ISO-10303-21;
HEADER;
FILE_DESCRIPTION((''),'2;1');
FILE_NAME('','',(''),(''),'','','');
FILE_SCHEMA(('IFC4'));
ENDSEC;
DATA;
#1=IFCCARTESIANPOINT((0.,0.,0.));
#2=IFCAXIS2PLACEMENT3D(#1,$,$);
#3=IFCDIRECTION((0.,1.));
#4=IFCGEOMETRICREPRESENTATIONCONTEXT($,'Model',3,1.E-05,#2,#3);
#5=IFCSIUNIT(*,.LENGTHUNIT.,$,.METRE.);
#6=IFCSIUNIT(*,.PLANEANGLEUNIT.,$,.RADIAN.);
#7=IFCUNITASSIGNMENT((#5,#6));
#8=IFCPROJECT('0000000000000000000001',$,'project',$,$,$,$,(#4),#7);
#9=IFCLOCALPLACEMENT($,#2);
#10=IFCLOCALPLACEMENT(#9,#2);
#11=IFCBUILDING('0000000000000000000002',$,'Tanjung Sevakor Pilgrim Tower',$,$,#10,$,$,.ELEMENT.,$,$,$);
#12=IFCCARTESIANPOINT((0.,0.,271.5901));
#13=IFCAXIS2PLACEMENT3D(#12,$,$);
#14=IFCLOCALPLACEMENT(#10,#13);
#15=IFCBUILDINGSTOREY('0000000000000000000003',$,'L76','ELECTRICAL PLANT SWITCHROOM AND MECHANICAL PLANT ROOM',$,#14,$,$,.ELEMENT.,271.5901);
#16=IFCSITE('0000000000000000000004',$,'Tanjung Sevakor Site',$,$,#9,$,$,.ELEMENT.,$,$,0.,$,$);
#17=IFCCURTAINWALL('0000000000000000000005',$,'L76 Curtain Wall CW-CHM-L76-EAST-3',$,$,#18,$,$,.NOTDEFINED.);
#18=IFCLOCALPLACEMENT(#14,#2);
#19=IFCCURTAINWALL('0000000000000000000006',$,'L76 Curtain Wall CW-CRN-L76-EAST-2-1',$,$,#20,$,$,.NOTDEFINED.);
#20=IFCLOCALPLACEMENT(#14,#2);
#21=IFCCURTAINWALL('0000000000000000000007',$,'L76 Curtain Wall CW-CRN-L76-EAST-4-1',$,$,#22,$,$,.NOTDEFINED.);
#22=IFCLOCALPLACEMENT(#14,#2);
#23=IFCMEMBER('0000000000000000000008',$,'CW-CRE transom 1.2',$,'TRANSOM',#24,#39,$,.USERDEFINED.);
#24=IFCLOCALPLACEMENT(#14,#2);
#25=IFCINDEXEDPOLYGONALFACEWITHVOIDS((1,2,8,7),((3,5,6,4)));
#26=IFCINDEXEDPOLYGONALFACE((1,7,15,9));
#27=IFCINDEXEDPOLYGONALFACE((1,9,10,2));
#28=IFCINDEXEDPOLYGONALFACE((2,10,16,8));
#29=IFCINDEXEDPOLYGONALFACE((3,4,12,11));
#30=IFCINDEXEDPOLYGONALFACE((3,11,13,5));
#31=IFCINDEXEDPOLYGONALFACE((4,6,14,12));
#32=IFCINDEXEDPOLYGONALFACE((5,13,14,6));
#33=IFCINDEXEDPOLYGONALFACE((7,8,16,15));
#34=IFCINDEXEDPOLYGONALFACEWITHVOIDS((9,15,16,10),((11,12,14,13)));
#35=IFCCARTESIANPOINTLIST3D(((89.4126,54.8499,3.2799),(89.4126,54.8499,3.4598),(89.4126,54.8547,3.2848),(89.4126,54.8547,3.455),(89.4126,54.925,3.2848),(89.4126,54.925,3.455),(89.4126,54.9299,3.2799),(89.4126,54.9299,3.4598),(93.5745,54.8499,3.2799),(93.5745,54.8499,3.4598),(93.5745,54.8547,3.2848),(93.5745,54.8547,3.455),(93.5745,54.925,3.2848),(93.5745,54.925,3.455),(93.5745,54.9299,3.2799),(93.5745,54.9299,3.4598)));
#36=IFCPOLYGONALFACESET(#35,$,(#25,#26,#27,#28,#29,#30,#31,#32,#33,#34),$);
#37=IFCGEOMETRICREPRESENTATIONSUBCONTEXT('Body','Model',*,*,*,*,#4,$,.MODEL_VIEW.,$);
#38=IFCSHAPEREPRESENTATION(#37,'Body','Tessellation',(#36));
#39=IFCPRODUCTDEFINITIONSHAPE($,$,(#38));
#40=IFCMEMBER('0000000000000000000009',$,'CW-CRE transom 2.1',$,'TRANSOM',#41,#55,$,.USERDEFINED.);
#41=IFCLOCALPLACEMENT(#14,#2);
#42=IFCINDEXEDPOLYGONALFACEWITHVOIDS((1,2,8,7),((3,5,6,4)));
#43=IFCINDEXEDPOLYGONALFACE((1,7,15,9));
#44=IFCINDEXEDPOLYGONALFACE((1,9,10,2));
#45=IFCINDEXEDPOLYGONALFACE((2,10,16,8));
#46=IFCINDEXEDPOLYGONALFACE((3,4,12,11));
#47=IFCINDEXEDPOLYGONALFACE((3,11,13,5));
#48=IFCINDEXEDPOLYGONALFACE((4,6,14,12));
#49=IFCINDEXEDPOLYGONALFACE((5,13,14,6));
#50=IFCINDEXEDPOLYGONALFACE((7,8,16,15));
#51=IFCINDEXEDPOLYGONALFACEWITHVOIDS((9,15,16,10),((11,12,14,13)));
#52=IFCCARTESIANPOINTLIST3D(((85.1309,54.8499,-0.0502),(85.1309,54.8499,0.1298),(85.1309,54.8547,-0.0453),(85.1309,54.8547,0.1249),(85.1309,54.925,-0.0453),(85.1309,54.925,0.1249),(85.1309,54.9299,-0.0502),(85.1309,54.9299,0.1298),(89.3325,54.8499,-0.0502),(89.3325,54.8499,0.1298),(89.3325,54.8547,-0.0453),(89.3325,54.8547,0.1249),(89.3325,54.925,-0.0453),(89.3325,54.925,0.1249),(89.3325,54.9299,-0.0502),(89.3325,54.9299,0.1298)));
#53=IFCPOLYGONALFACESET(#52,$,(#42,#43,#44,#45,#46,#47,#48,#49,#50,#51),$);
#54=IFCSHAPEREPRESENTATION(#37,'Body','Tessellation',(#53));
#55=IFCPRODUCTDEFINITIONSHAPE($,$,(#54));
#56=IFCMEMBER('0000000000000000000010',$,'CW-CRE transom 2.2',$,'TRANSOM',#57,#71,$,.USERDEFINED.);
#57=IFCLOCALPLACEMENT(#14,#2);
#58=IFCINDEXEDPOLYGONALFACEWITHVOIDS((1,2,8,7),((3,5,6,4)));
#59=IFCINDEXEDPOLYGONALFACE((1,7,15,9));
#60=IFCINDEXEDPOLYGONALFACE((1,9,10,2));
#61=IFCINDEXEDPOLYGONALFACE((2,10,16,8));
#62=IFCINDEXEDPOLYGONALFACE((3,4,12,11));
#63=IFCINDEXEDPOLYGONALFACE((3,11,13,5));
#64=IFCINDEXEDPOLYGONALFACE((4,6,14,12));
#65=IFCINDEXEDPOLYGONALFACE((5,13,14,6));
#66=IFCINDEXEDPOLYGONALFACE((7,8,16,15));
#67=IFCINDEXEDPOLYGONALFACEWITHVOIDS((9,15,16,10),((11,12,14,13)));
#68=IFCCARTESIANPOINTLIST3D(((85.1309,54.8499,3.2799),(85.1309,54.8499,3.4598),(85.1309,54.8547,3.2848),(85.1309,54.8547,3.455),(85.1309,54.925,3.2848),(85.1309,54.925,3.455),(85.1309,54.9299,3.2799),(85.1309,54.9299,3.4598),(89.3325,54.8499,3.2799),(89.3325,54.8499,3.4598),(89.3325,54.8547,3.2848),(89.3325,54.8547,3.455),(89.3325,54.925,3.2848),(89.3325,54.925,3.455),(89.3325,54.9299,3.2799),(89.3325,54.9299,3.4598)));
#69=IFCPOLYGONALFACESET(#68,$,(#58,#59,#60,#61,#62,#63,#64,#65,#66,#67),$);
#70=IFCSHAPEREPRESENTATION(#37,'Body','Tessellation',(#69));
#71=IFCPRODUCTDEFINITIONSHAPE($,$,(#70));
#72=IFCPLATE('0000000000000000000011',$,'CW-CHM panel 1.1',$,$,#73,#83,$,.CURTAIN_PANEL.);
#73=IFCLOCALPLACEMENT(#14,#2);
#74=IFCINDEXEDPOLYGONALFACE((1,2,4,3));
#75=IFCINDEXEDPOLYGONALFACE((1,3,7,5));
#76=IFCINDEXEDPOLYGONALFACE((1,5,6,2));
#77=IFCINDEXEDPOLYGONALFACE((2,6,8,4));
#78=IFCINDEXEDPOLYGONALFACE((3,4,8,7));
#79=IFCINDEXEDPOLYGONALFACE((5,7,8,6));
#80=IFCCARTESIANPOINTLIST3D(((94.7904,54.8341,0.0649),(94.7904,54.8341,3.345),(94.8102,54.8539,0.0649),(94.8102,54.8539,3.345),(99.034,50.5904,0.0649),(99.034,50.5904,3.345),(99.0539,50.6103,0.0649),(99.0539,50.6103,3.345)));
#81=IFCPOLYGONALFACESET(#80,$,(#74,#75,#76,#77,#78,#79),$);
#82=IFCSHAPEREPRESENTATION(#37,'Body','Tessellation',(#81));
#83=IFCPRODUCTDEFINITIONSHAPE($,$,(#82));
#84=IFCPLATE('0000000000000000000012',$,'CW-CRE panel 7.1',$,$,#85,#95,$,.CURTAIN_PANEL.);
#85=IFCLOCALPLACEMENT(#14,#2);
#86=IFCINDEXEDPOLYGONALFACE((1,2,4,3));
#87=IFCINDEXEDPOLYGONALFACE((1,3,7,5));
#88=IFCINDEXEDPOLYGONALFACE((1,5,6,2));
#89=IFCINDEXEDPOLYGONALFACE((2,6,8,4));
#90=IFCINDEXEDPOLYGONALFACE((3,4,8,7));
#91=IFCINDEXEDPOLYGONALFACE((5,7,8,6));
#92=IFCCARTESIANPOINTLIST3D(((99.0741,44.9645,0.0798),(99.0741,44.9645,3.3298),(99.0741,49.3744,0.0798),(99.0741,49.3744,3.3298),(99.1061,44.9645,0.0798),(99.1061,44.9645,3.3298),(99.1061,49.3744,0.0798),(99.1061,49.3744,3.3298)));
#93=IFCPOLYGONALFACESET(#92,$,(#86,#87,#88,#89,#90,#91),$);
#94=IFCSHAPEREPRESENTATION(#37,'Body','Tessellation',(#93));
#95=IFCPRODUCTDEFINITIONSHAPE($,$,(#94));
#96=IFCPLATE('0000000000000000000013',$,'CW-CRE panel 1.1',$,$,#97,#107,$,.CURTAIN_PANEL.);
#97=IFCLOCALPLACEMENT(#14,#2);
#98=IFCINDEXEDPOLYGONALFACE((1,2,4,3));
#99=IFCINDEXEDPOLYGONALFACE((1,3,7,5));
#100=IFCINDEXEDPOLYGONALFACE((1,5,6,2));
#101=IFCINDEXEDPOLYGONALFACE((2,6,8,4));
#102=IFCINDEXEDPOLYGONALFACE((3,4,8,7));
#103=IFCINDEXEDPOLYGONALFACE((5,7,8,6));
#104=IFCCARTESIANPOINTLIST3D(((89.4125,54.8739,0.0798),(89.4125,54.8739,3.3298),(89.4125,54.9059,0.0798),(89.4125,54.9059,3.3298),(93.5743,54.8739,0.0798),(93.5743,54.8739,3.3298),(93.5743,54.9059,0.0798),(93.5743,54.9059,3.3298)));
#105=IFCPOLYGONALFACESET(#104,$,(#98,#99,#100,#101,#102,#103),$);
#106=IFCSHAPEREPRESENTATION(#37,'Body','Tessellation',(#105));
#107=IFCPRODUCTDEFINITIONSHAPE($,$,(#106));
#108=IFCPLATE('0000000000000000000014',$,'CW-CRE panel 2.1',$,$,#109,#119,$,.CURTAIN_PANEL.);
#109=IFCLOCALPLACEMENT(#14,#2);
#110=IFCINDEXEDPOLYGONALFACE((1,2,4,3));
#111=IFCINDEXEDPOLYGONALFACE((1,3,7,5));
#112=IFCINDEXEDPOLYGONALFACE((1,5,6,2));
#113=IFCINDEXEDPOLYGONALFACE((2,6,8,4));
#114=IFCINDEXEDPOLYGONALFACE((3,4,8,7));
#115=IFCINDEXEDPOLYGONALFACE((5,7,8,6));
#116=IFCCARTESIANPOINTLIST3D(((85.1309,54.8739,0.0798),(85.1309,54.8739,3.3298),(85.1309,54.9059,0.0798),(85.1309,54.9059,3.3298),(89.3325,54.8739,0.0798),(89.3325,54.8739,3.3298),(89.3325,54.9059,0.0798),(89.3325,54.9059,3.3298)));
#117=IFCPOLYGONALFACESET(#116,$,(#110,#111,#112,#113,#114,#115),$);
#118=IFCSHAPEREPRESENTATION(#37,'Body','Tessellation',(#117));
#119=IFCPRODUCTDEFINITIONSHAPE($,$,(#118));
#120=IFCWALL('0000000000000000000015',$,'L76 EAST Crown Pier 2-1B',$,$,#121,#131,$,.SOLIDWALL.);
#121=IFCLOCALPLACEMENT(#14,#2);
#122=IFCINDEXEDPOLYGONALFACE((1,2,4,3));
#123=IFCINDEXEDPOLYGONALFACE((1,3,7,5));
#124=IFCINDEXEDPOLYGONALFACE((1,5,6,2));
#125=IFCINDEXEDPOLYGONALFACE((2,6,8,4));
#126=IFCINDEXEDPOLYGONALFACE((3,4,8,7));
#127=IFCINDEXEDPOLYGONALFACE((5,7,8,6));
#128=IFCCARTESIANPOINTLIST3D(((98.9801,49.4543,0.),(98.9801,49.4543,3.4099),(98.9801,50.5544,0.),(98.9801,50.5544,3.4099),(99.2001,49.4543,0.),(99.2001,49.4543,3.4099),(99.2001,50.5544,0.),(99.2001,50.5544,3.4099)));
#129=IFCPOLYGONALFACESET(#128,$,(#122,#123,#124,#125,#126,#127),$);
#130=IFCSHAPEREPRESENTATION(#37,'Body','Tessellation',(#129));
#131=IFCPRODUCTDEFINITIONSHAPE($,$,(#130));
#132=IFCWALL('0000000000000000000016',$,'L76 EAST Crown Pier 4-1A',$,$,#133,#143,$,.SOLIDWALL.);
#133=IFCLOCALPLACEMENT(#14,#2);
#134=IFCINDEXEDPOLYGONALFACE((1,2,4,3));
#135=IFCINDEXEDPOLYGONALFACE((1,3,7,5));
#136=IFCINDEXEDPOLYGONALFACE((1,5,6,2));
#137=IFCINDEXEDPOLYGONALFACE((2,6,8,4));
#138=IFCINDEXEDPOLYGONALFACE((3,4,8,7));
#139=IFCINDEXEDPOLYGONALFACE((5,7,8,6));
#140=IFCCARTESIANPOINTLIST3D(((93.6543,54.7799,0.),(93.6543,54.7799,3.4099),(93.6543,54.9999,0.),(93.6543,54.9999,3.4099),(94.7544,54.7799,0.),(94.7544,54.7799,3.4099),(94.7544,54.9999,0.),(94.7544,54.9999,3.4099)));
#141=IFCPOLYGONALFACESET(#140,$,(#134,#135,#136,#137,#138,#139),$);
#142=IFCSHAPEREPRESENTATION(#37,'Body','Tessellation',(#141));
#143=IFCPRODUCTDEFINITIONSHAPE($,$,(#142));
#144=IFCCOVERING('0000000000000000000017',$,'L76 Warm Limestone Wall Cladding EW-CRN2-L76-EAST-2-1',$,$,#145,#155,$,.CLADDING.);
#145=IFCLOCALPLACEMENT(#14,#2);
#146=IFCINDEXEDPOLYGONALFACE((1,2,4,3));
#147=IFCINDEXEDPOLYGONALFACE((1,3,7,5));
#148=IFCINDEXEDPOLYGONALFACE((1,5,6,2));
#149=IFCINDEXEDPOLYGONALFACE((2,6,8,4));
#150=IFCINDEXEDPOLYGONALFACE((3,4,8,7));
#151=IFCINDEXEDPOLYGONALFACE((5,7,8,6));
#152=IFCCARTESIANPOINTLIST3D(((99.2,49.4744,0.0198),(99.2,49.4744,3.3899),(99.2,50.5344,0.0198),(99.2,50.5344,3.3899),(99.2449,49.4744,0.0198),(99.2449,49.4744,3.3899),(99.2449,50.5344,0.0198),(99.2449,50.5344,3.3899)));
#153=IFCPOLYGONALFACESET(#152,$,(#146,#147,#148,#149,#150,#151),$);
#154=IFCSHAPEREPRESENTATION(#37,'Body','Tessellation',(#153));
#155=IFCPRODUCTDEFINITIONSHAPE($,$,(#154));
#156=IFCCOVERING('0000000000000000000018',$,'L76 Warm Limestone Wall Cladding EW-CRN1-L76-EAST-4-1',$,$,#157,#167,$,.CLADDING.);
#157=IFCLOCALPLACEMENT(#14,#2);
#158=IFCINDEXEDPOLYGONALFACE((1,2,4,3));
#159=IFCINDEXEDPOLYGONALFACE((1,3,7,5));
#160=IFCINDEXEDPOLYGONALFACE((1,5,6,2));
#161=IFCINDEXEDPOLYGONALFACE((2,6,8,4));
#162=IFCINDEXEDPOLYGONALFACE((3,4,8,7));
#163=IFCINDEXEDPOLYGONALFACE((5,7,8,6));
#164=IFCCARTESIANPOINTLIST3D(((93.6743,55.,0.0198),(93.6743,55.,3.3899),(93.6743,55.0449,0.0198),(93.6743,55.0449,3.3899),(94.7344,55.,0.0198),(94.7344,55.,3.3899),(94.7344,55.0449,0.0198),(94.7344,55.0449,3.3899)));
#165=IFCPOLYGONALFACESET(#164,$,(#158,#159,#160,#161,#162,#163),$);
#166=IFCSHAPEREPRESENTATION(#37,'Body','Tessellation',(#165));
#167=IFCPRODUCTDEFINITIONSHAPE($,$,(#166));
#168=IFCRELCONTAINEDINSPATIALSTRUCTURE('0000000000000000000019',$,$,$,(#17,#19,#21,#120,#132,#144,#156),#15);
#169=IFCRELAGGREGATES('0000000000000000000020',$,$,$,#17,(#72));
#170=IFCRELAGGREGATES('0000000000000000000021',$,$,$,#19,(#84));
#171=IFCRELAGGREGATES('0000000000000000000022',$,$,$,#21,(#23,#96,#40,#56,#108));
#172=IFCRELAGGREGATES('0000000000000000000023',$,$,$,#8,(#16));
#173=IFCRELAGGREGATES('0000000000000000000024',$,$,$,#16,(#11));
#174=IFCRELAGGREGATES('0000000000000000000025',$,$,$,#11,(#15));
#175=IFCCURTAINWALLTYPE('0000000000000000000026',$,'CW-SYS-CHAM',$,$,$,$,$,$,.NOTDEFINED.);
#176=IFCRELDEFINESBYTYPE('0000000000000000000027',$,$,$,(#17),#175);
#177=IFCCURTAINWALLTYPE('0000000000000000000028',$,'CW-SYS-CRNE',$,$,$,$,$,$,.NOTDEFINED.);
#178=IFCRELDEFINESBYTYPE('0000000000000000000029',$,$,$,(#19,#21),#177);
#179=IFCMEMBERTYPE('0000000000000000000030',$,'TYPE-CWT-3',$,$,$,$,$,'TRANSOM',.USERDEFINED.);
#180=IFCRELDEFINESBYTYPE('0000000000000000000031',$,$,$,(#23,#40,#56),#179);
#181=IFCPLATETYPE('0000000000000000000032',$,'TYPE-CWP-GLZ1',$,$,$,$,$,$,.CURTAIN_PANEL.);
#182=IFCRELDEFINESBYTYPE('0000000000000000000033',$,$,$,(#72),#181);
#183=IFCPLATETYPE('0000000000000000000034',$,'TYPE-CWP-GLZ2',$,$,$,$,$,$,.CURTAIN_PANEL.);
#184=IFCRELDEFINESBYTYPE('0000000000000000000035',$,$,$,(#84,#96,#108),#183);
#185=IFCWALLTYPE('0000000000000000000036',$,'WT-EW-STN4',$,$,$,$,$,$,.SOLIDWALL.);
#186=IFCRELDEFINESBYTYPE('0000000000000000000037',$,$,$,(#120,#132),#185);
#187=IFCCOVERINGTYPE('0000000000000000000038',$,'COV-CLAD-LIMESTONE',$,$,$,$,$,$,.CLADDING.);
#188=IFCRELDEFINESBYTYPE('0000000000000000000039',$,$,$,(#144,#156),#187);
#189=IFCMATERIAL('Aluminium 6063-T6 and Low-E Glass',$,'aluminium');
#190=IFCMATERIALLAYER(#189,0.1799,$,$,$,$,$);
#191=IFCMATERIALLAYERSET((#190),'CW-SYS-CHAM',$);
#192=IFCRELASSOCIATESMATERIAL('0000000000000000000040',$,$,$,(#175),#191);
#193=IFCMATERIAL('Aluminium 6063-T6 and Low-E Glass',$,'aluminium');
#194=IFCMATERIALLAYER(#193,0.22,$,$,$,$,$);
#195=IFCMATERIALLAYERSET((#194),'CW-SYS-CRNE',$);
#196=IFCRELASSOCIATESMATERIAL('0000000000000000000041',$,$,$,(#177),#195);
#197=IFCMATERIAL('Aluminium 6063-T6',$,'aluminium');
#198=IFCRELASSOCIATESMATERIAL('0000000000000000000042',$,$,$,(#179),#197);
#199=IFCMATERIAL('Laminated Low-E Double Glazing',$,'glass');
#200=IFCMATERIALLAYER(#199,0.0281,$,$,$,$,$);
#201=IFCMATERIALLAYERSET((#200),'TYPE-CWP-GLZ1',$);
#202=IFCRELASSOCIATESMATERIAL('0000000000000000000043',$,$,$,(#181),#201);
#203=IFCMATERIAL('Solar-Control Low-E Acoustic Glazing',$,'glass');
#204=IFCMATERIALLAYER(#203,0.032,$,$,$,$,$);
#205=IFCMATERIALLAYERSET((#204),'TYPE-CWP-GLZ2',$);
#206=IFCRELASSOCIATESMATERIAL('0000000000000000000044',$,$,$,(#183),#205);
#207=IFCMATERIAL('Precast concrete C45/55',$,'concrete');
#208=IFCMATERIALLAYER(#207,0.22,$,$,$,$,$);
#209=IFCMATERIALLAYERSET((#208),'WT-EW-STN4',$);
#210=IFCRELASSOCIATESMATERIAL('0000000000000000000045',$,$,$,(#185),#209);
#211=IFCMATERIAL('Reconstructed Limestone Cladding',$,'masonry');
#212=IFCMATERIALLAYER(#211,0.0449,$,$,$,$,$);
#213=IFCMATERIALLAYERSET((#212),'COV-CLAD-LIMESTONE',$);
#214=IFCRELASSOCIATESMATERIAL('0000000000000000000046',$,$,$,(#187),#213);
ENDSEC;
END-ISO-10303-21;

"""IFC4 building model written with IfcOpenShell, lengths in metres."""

from ifc_helpers import new_model, si_unit, direction, frame, frame_2d, origin, origin_2d, place, context, subcontext, project, spatial, rectangle, hollow_rectangle, extrude, material, layer, layer_set, material_profile, profile_set, type_object, element, aggregate, save


model = new_model("IFC4")

# Units and contexts
model_context = context("Model", 3, precision=1e-05, world=origin(), true_north=direction((0.0, 1.0)))
body_context = subcontext(model_context, "Body", "Model", "MODEL_VIEW")
ifc_project = project(units=[si_unit("LENGTHUNIT", "METRE"), si_unit("PLANEANGLEUNIT", "RADIAN")], contexts=[model_context])

# Site, building, storey
site_placement = place(None, origin())
site = spatial("IfcSite", under=ifc_project, at=site_placement, Name="Tanjung Sevakor Site", CompositionType="ELEMENT", RefElevation=0.0)
building_placement = place(site_placement, origin())
building = spatial("IfcBuilding", under=site, at=building_placement, Name="Tanjung Sevakor Pilgrim Tower", CompositionType="ELEMENT")
storey_placement = place(building_placement, frame((0.0, 0.0, 271.5901)))
storey = spatial("IfcBuildingStorey", under=building, at=storey_placement, Name="L76", Description="ELECTRICAL PLANT SWITCHROOM AND MECHANICAL PLANT ROOM", CompositionType="ELEMENT", Elevation=271.5901)

# Curtain wall
ifc_material_1 = material(Name="Aluminium 6063-T6 and Low-E Glass", Category="aluminium")
ifc_layer_1 = layer(ifc_material_1, 0.1799)
ifc_layer_set_1 = layer_set([ifc_layer_1], Name="CW-SYS-CHAM")
curtain_wall_type_1 = type_object("IfcCurtainWallType", Name="CW-SYS-CHAM", PredefinedType="NOTDEFINED", material=ifc_layer_set_1)
curtain_wall_1_placement = place(storey_placement, origin())
curtain_wall_1 = element("IfcCurtainWall", 1, at=curtain_wall_1_placement, inside=storey, type_object=curtain_wall_type_1, Name="L76 Curtain Wall CW-CHM-L76-EAST-3", PredefinedType="NOTDEFINED")

# Curtain wall
ifc_material_2 = material(Name="Aluminium 6063-T6 and Low-E Glass", Category="aluminium")
ifc_layer_2 = layer(ifc_material_2, 0.22)
ifc_layer_set_2 = layer_set([ifc_layer_2], Name="CW-SYS-CRNE")
curtain_wall_type_2 = type_object("IfcCurtainWallType", Name="CW-SYS-CRNE", PredefinedType="NOTDEFINED", material=ifc_layer_set_2)
curtain_wall_2_placement = place(storey_placement, origin())
curtain_wall_2 = element("IfcCurtainWall", 2, at=curtain_wall_2_placement, inside=storey, type_object=curtain_wall_type_2, Name="L76 Curtain Wall CW-CRN-L76-EAST-2-1", PredefinedType="NOTDEFINED")

# Curtain wall
curtain_wall_3_placement = place(storey_placement, origin())
curtain_wall_3 = element("IfcCurtainWall", 3, at=curtain_wall_3_placement, inside=storey, type_object=curtain_wall_type_2, Name="L76 Curtain Wall CW-CRN-L76-EAST-4-1", PredefinedType="NOTDEFINED")

# Members
ifc_material_3 = material(Name="Aluminium 6063-T6", Category="aluminium")
ifc_material_profile_1 = material_profile(ifc_material_3, hollow_rectangle(XDim=0.0801, YDim=0.1799, WallThickness=0.0049, at=origin_2d()))
ifc_profile_set_1 = profile_set([ifc_material_profile_1], Name="Aluminium 6063-T6")
member_type_1 = type_object("IfcMemberType", Name="TYPE-CWT-3", ElementType="TRANSOM", PredefinedType="USERDEFINED", material=ifc_profile_set_1)
member_1_placement = place(storey_placement, frame((93.5745, 54.8899, 3.3699), z_axis=(-1.0, 0.0, 0.0), x_axis=(0.0, -1.0, 0.0)))
member_1 = element("IfcMember", 4, at=member_1_placement, type_object=member_type_1, Name="CW-CRE transom 1.2", ObjectType="TRANSOM", PredefinedType="USERDEFINED", context=body_context, shape_type="SweptSolid", body=[
    extrude(hollow_rectangle(XDim=0.0801, YDim=0.1799, WallThickness=0.0049, at=origin_2d()), origin(), (0.0, 0.0, 1.0), 4.1619),
])
member_2_placement = place(storey_placement, frame((89.3325, 54.8899, 0.0398), z_axis=(-1.0, 0.0, 0.0), x_axis=(0.0, -1.0, 0.0)))
member_2 = element("IfcMember", 5, at=member_2_placement, type_object=member_type_1, Name="CW-CRE transom 2.1", ObjectType="TRANSOM", PredefinedType="USERDEFINED", context=body_context, shape_type="SweptSolid", body=[
    extrude(hollow_rectangle(XDim=0.0801, YDim=0.1799, WallThickness=0.0049, at=origin_2d()), origin(), (0.0, 0.0, 1.0), 4.2017),
])
member_3_placement = place(storey_placement, frame((89.3325, 54.8899, 3.3699), z_axis=(-1.0, 0.0, 0.0), x_axis=(0.0, -1.0, 0.0)))
member_3 = element("IfcMember", 6, at=member_3_placement, type_object=member_type_1, Name="CW-CRE transom 2.2", ObjectType="TRANSOM", PredefinedType="USERDEFINED", context=body_context, shape_type="SweptSolid", body=[
    extrude(hollow_rectangle(XDim=0.0801, YDim=0.1799, WallThickness=0.0049, at=origin_2d()), origin(), (0.0, 0.0, 1.0), 4.2017),
])

# Plates
ifc_material_4 = material(Name="Laminated Low-E Double Glazing", Category="glass")
ifc_layer_3 = layer(ifc_material_4, 0.0281)
ifc_layer_set_3 = layer_set([ifc_layer_3], Name="TYPE-CWP-GLZ1")
plate_type_1 = type_object("IfcPlateType", Name="TYPE-CWP-GLZ1", PredefinedType="CURTAIN_PANEL", material=ifc_layer_set_3)
plate_1_placement = place(storey_placement, frame((96.9221, 52.7222, 0.0649), z_axis=(0.0, 0.0, 1.0), x_axis=(-0.707107, 0.707107, 0.0)))
plate_1 = element("IfcPlate", 7, at=plate_1_placement, type_object=plate_type_1, Name="CW-CHM panel 1.1", PredefinedType="CURTAIN_PANEL", context=body_context, shape_type="SweptSolid", body=[
    extrude(rectangle(XDim=6.0015, YDim=0.0281, at=origin_2d()), origin(), (0.0, 0.0, 1.0), 3.28),
])
aggregate(curtain_wall_1, [plate_1])
ifc_material_5 = material(Name="Solar-Control Low-E Acoustic Glazing", Category="glass")
ifc_layer_4 = layer(ifc_material_5, 0.032)
ifc_layer_set_4 = layer_set([ifc_layer_4], Name="TYPE-CWP-GLZ2")
plate_type_2 = type_object("IfcPlateType", Name="TYPE-CWP-GLZ2", PredefinedType="CURTAIN_PANEL", material=ifc_layer_set_4)
plate_2_placement = place(storey_placement, frame((99.0901, 47.1694, 0.0798), z_axis=(0.0, 0.0, 1.0), x_axis=(0.0, 1.0, 0.0)))
plate_2 = element("IfcPlate", 8, at=plate_2_placement, type_object=plate_type_2, Name="CW-CRE panel 7.1", PredefinedType="CURTAIN_PANEL", context=body_context, shape_type="SweptSolid", body=[
    extrude(rectangle(XDim=4.4099, YDim=0.032, at=origin_2d()), origin(), (0.0, 0.0, 1.0), 3.25),
])
aggregate(curtain_wall_2, [plate_2])
plate_3_placement = place(storey_placement, frame((91.4934, 54.8899, 0.0798), z_axis=(0.0, 0.0, 1.0), x_axis=(-1.0, 0.0, 0.0)))
plate_3 = element("IfcPlate", 9, at=plate_3_placement, type_object=plate_type_2, Name="CW-CRE panel 1.1", PredefinedType="CURTAIN_PANEL", context=body_context, shape_type="SweptSolid", body=[
    extrude(rectangle(XDim=4.1619, YDim=0.032, at=origin_2d()), origin(), (0.0, 0.0, 1.0), 3.25),
])
plate_4_placement = place(storey_placement, frame((87.2317, 54.8899, 0.0798), z_axis=(0.0, 0.0, 1.0), x_axis=(-1.0, 0.0, 0.0)))
plate_4 = element("IfcPlate", 10, at=plate_4_placement, type_object=plate_type_2, Name="CW-CRE panel 2.1", PredefinedType="CURTAIN_PANEL", context=body_context, shape_type="SweptSolid", body=[
    extrude(rectangle(XDim=4.2017, YDim=0.032, at=origin_2d()), origin(), (0.0, 0.0, 1.0), 3.25),
])
aggregate(curtain_wall_3, [member_1, plate_3, member_2, member_3, plate_4])

# Walls
ifc_material_6 = material(Name="Precast concrete C45/55", Category="concrete")
ifc_layer_5 = layer(ifc_material_6, 0.22)
ifc_layer_set_5 = layer_set([ifc_layer_5], Name="WT-EW-STN4")
wall_type = type_object("IfcWallType", Name="WT-EW-STN4", PredefinedType="SOLIDWALL", material=ifc_layer_set_5)
for number, where, z_axis, x_axis, name in (
    (11, (99.0901, 49.4543, 0.0), (0.0, 0.0, 1.0), (0.0, 1.0, 0.0), "L76 EAST Crown Pier 2-1B"),
    (12, (94.7544, 54.8899, 0.0), (0.0, 0.0, 1.0), (-1.0, 0.0, 0.0), "L76 EAST Crown Pier 4-1A"),
):
    element("IfcWall", number, at=place(storey_placement, frame(where, z_axis=z_axis, x_axis=x_axis)), inside=storey, type_object=wall_type, Name=name, PredefinedType="SOLIDWALL", context=body_context, shape_type="SweptSolid", body=[
        extrude(rectangle(XDim=1.1001, YDim=0.22, at=frame_2d((0.55, 0.0))), origin(), (0.0, 0.0, 1.0), 3.4099),
    ])

# Coverings
ifc_material_7 = material(Name="Reconstructed Limestone Cladding", Category="masonry")
ifc_layer_6 = layer(ifc_material_7, 0.0449)
ifc_layer_set_6 = layer_set([ifc_layer_6], Name="COV-CLAD-LIMESTONE")
covering_type = type_object("IfcCoveringType", Name="COV-CLAD-LIMESTONE", PredefinedType="CLADDING", material=ifc_layer_set_6)
for number, where, z_axis, x_axis, name in (
    (13, (99.2224, 50.0044, 0.0198), (0.0, 0.0, 1.0), (0.0, 1.0, 0.0), "L76 Warm Limestone Wall Cladding EW-CRN2-L76-EAST-2-1"),
    (14, (94.2043, 55.0225, 0.0198), (0.0, 0.0, 1.0), (-1.0, 0.0, 0.0), "L76 Warm Limestone Wall Cladding EW-CRN1-L76-EAST-4-1"),
):
    element("IfcCovering", number, at=place(storey_placement, frame(where, z_axis=z_axis, x_axis=x_axis)), inside=storey, type_object=covering_type, Name=name, PredefinedType="CLADDING", context=body_context, shape_type="SweptSolid", body=[
        extrude(rectangle(XDim=1.0601, YDim=0.0449, at=origin_2d()), origin(), (0.0, 0.0, 1.0), 3.3701),
    ])

save(model, "model.ifc")
